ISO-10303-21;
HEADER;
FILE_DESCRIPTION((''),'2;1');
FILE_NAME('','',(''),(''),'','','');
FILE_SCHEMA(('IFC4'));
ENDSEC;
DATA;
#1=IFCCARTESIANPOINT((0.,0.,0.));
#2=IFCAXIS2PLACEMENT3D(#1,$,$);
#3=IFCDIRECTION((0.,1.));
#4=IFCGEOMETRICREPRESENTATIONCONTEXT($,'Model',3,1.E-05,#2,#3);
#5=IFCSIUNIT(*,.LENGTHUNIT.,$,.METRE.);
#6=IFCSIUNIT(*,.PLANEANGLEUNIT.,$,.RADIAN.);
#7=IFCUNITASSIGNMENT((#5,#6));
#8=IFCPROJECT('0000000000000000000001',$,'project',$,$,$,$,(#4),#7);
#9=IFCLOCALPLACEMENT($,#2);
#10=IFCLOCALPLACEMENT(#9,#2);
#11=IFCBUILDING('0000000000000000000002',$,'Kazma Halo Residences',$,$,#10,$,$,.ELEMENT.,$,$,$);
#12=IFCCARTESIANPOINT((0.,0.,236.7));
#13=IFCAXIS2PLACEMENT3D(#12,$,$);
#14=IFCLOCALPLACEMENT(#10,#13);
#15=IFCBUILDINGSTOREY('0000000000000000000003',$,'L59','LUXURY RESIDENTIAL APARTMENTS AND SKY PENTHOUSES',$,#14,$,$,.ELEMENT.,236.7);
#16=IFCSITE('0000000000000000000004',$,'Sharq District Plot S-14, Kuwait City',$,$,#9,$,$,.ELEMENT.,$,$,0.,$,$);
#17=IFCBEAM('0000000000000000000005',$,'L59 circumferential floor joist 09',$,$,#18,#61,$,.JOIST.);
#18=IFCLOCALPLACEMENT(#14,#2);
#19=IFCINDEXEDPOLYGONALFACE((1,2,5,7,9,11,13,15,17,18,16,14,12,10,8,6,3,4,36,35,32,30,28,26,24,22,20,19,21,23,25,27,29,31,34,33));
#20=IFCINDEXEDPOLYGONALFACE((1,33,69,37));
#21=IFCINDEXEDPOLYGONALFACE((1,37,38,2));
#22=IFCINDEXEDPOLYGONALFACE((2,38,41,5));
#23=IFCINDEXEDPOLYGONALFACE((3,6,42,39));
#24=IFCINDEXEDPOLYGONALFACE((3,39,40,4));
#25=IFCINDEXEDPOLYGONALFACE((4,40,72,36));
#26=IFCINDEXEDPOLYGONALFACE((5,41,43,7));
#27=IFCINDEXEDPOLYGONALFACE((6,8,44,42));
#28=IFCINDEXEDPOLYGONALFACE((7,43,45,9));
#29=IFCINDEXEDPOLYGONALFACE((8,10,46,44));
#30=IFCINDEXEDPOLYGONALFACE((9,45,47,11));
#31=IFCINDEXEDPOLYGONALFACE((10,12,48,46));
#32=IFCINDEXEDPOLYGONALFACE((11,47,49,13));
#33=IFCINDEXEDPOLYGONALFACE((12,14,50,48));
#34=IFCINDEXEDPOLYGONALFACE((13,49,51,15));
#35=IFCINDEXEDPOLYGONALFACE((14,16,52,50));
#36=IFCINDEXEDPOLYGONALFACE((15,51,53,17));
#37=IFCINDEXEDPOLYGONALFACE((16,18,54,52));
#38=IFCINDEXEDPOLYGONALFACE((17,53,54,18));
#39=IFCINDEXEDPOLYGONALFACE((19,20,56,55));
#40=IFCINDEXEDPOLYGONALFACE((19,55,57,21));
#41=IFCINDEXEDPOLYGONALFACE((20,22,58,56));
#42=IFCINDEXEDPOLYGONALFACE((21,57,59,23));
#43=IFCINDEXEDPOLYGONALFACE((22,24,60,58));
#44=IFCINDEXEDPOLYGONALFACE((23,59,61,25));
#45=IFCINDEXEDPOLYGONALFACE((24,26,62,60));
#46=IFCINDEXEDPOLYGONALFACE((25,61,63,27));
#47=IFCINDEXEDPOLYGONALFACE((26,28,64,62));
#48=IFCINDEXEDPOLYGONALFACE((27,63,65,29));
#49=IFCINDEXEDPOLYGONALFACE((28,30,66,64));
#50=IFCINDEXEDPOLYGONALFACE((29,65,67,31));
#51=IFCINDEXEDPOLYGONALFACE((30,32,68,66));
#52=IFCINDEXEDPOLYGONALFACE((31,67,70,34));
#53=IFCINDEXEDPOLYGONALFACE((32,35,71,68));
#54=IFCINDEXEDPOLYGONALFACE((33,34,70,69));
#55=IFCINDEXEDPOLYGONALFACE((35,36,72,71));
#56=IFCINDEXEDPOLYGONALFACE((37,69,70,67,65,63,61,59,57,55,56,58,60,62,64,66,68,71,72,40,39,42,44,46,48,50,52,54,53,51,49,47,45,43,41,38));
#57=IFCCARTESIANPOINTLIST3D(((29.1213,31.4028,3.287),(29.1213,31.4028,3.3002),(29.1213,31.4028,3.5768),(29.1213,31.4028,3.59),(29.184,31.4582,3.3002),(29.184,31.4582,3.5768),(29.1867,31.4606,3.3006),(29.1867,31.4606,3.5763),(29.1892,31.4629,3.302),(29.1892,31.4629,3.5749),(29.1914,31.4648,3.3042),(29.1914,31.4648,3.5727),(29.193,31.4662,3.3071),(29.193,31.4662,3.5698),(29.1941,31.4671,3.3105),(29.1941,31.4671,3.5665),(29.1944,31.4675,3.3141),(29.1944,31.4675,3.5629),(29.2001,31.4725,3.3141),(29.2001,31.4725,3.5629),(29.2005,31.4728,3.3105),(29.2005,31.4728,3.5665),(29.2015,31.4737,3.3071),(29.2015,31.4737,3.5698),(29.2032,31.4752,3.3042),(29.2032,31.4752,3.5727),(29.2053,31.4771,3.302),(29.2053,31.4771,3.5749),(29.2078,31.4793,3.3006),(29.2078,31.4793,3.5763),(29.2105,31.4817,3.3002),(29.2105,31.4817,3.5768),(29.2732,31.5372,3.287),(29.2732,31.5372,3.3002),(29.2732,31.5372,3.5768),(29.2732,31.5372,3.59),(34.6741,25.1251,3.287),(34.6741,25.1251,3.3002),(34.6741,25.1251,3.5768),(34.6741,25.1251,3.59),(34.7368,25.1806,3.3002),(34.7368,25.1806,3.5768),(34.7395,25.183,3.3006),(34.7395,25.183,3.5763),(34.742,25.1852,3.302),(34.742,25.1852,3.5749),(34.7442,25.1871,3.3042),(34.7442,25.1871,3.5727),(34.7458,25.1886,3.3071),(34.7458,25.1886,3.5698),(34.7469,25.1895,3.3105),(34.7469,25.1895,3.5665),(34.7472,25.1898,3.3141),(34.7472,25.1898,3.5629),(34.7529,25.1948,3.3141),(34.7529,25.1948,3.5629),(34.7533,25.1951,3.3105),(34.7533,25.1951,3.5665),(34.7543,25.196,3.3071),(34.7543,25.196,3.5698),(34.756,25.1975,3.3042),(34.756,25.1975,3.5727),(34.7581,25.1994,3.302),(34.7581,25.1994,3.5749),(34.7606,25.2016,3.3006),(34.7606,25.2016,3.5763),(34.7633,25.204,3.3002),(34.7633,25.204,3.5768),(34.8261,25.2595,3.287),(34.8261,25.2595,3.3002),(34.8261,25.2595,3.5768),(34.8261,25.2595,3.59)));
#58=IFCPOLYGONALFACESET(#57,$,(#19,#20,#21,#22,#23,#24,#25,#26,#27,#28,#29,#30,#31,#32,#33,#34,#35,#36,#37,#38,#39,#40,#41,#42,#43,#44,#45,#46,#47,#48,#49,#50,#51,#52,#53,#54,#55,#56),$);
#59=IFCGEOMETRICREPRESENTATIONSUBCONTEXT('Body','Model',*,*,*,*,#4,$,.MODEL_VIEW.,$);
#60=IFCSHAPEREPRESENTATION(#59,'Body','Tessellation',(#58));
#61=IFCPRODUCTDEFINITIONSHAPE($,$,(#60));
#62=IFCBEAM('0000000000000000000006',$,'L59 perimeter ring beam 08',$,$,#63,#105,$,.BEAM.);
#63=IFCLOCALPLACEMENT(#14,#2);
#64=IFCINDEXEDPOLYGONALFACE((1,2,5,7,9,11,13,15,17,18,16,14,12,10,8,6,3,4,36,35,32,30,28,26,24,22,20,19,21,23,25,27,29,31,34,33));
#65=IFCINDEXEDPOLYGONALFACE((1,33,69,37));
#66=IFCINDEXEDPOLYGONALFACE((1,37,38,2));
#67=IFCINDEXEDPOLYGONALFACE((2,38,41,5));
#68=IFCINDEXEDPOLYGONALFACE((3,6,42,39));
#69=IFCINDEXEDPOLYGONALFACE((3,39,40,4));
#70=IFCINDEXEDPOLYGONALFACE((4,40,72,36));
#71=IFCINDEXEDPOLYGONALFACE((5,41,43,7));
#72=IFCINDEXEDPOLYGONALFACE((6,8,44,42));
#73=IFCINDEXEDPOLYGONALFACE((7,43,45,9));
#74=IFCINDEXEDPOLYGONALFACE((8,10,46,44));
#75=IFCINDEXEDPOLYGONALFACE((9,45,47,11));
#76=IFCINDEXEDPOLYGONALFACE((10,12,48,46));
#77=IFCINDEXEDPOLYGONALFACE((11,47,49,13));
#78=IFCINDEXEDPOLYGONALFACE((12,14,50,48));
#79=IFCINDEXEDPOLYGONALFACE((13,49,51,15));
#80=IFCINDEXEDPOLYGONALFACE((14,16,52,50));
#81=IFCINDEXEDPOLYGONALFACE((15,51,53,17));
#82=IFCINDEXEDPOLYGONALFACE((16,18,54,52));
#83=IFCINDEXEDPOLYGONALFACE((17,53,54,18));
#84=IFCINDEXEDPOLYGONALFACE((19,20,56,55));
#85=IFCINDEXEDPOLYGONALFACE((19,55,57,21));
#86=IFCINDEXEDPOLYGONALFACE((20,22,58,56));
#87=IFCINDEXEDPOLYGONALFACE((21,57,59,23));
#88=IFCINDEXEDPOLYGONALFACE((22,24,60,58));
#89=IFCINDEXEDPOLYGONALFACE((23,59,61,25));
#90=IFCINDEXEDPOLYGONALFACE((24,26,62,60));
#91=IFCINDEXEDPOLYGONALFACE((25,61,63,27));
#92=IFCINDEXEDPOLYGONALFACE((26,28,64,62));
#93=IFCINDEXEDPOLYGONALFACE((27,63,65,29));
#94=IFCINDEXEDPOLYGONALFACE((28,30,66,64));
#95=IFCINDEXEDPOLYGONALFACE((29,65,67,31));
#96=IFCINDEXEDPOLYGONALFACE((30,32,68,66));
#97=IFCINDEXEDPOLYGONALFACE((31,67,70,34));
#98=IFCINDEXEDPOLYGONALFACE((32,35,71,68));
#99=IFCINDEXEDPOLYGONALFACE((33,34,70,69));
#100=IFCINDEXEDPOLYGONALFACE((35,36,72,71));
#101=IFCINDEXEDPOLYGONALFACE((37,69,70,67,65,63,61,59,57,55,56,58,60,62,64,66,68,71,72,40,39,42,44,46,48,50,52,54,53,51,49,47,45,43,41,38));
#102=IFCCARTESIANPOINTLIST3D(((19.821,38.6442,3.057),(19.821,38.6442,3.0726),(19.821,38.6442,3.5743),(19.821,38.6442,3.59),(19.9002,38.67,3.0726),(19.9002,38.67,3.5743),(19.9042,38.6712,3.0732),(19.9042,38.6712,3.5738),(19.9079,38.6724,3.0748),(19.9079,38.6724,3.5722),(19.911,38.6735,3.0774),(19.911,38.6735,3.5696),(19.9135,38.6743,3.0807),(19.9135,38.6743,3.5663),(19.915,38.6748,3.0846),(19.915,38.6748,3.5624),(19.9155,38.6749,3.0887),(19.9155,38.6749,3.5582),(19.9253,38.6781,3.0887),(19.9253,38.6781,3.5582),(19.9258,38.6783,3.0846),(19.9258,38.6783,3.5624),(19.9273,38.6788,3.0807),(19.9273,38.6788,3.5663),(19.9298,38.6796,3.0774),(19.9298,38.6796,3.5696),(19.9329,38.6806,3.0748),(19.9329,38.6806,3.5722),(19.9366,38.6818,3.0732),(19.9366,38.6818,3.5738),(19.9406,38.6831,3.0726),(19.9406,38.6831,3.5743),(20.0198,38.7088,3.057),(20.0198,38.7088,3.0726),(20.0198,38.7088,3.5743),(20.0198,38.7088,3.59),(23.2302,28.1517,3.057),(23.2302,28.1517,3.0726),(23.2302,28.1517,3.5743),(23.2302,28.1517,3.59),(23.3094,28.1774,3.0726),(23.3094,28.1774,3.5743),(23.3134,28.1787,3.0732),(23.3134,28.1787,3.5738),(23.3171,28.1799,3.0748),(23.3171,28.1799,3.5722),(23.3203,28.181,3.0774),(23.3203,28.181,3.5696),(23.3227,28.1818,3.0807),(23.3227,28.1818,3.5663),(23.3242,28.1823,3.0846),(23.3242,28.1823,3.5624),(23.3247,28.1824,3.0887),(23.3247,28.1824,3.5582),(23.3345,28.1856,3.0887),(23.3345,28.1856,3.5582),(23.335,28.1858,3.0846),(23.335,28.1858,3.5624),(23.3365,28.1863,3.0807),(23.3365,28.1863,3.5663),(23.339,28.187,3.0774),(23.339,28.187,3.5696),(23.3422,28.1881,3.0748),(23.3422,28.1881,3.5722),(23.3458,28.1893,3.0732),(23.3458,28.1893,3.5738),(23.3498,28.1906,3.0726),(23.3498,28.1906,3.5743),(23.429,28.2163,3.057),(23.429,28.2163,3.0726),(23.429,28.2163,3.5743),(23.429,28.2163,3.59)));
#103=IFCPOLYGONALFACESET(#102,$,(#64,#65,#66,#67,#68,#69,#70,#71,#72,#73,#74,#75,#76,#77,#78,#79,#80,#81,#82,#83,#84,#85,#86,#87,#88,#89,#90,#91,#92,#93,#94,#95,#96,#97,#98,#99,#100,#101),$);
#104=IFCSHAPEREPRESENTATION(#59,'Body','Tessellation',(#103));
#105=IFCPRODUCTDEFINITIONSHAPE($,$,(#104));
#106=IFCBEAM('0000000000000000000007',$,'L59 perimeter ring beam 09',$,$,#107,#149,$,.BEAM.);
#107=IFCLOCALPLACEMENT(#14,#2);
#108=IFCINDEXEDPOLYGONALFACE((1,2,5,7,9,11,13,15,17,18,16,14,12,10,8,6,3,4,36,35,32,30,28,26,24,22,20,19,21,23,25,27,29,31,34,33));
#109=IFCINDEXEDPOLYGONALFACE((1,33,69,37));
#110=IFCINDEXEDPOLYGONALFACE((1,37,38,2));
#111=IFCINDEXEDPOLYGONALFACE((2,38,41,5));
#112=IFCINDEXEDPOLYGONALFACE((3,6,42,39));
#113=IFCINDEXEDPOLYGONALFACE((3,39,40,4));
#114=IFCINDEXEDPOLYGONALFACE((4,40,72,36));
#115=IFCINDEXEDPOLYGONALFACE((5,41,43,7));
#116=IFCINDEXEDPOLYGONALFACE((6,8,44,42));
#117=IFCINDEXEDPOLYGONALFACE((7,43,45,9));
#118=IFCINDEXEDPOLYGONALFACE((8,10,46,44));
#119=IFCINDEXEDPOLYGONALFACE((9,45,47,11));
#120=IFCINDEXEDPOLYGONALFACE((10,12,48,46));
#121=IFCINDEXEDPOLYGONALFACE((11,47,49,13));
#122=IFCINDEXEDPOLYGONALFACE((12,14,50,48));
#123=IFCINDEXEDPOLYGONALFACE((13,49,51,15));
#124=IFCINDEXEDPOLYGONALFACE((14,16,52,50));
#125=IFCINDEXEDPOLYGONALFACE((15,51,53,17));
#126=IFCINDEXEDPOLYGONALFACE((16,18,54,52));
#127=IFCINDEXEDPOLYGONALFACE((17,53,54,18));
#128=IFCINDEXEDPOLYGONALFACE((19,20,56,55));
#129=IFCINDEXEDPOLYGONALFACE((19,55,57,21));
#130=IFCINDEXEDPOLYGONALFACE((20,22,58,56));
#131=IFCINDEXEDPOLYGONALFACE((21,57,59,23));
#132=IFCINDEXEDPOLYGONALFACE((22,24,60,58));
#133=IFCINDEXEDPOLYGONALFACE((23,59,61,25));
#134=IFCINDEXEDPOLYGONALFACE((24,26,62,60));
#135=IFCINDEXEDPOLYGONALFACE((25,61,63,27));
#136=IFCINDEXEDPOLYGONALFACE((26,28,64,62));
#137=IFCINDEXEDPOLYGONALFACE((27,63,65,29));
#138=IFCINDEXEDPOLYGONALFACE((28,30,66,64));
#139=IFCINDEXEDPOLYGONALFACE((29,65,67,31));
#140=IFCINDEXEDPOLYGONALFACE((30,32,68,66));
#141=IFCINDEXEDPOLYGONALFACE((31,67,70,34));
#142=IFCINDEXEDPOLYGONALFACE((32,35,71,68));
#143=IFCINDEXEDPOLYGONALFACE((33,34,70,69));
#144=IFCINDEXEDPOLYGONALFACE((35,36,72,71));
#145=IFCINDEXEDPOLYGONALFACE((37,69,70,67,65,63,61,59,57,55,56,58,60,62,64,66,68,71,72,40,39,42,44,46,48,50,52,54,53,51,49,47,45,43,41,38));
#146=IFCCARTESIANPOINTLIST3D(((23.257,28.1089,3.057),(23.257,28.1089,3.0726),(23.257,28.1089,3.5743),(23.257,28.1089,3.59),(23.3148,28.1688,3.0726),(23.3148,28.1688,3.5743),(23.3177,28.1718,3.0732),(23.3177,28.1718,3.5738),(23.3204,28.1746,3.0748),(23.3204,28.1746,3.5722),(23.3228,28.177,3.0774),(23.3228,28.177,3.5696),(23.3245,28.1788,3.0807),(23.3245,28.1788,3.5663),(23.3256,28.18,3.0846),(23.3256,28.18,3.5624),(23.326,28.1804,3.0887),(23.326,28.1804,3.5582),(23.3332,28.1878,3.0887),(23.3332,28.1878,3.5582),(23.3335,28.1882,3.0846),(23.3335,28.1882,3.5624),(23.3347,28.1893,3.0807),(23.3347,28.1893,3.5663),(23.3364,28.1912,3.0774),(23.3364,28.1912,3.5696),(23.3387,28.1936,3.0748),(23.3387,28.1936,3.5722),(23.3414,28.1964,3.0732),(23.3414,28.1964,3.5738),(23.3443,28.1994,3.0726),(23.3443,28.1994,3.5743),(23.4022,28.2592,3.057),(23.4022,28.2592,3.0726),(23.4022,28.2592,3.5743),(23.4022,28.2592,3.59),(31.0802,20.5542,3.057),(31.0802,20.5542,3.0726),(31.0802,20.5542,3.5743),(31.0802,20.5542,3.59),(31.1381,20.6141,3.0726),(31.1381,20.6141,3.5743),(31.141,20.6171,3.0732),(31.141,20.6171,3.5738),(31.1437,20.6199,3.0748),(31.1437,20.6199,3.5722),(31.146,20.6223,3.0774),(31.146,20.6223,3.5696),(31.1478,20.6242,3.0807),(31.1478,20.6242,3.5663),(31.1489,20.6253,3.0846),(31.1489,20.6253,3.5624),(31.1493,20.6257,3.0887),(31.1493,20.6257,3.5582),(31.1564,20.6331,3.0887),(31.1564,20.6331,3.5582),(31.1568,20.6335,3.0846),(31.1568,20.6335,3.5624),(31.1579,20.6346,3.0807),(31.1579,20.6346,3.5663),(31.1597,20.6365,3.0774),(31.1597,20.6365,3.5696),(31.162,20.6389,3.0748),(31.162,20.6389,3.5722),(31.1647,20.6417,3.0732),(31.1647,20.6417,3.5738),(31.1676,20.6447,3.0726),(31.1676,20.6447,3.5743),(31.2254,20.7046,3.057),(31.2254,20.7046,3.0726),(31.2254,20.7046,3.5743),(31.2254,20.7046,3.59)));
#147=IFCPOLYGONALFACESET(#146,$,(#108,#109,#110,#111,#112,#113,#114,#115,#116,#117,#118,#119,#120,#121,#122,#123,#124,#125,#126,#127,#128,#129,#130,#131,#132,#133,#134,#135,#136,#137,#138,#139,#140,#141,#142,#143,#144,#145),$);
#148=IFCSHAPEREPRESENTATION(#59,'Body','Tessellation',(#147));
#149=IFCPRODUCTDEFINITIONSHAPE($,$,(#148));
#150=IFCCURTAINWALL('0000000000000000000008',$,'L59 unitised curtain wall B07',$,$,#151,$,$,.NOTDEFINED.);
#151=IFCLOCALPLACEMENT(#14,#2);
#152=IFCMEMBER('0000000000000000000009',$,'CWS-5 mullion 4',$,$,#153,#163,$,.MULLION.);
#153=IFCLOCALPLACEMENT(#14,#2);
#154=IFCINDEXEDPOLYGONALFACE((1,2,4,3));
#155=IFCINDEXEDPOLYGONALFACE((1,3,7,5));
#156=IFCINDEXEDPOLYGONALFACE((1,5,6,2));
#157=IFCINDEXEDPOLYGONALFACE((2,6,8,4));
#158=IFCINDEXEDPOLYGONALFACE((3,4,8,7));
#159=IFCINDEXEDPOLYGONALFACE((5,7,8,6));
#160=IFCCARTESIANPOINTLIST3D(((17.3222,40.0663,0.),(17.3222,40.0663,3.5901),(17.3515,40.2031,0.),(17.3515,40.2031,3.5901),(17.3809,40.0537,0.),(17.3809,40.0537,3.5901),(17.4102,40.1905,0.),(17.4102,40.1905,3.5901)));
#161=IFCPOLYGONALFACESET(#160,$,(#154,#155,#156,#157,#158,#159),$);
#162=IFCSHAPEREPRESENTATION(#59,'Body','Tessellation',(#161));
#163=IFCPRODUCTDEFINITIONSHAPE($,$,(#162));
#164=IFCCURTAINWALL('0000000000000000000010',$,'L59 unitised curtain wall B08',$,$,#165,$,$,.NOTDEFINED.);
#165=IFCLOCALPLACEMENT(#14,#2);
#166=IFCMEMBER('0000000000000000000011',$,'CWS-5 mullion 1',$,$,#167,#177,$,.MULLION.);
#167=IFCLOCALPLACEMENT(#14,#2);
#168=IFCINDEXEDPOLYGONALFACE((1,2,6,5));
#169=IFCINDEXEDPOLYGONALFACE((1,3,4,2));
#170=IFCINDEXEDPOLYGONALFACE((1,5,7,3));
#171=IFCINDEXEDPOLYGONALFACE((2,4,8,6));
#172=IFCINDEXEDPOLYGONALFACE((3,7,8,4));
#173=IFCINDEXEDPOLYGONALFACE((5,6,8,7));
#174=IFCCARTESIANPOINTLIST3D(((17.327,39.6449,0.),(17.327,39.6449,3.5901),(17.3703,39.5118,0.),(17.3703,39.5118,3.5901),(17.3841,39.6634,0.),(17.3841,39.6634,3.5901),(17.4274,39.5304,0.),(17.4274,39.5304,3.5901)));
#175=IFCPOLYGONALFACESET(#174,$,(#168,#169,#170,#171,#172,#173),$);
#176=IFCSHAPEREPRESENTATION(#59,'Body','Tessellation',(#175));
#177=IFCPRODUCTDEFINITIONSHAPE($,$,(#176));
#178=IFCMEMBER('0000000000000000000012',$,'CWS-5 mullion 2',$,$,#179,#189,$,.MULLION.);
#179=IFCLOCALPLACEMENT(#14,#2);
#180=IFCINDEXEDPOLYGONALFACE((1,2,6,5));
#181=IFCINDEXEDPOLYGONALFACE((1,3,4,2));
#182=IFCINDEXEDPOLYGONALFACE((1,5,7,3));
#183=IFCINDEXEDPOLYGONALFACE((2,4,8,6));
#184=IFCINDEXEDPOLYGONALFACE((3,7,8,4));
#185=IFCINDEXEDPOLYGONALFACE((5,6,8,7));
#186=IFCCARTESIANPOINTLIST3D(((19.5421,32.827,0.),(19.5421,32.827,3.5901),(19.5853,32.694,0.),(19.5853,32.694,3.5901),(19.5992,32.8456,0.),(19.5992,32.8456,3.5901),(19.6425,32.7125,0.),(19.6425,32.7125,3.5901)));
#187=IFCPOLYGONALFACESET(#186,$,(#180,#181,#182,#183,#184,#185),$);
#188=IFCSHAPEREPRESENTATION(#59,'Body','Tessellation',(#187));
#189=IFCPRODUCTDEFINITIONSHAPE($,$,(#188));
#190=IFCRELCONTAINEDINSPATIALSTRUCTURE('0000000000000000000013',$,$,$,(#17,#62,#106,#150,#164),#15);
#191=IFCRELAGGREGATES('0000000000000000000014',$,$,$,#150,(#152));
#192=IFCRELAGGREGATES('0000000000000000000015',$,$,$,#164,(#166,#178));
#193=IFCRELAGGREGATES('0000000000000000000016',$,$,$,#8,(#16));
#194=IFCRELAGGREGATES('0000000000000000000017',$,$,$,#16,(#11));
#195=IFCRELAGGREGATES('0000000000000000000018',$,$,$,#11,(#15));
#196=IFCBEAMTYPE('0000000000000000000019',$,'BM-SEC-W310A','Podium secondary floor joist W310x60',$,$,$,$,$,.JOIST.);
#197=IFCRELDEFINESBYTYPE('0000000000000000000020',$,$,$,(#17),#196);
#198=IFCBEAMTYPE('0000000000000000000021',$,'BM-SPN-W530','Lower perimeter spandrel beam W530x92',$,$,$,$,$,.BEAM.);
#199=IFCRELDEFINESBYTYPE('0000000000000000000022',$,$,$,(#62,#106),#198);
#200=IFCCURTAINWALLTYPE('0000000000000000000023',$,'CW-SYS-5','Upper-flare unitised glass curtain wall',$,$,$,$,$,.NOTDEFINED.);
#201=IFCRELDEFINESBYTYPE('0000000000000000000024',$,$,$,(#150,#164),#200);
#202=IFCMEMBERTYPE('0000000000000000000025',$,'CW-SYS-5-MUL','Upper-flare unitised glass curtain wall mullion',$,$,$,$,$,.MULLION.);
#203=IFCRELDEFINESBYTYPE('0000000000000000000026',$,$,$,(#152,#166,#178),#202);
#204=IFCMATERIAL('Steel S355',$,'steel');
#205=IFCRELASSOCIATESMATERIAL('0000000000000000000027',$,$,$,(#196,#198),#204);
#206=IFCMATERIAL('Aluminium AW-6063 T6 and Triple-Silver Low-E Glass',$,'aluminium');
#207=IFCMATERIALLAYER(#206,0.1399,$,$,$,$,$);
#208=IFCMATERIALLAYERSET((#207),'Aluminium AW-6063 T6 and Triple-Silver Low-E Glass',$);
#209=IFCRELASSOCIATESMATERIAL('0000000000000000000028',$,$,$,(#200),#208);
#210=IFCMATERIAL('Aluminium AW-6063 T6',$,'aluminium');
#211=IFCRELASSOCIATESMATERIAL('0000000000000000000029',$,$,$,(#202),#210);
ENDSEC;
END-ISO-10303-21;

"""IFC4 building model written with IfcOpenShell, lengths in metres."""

from ifc_helpers import new_model, si_unit, direction, frame, origin, origin_2d, place, context, subcontext, project, spatial, rectangle, i_section, extrude, material, layer, layer_set, material_profile, profile_set, type_object, element, aggregate, save


model = new_model("IFC4")

# Units and contexts
model_context = context("Model", 3, precision=1e-05, world=origin(), true_north=direction((0.0, 1.0)))
body_context = subcontext(model_context, "Body", "Model", "MODEL_VIEW")
ifc_project = project(units=[si_unit("LENGTHUNIT", "METRE"), si_unit("PLANEANGLEUNIT", "RADIAN")], contexts=[model_context])

# Site, building, storey
site_placement = place(None, origin())
site = spatial("IfcSite", under=ifc_project, at=site_placement, Name="Sharq District Plot S-14, Kuwait City", CompositionType="ELEMENT", RefElevation=0.0)
building_placement = place(site_placement, origin())
building = spatial("IfcBuilding", under=site, at=building_placement, Name="Kazma Halo Residences", CompositionType="ELEMENT")
storey_placement = place(building_placement, frame((0.0, 0.0, 236.7)))
storey = spatial("IfcBuildingStorey", under=building, at=storey_placement, Name="L59", Description="LUXURY RESIDENTIAL APARTMENTS AND SKY PENTHOUSES", CompositionType="ELEMENT", Elevation=236.7)

# Beams
ifc_material_1 = material(Name="Steel S355", Category="steel")
ifc_material_profile_1 = material_profile(ifc_material_1, i_section(OverallWidth=0.2029, OverallDepth=0.303, WebThickness=0.0076, FlangeThickness=0.0132, FilletRadius=0.0139, at=origin_2d()), Name="W310x60")
ifc_profile_set_1 = profile_set([ifc_material_profile_1], Name="Steel S355")
beam_type_1 = type_object("IfcBeamType", Name="BM-SEC-W310A", Description="Podium secondary floor joist W310x60", PredefinedType="JOIST", material=ifc_profile_set_1)
beam_1_placement = place(storey_placement, frame((29.1973, 31.47, 3.4385), z_axis=(0.662539, -0.749027, 0.0), x_axis=(0.749027, 0.662539, 0.0)))
element("IfcBeam", 1, at=beam_1_placement, inside=storey, type_object=beam_type_1, Name="L59 circumferential floor joist 09", PredefinedType="JOIST", context=body_context, shape_type="SweptSolid", body=[
    extrude(i_section(OverallWidth=0.2029, OverallDepth=0.303, WebThickness=0.0076, FlangeThickness=0.0132, FilletRadius=0.0139, at=origin_2d()), origin(), (0.0, 0.0, 1.0), 8.3811),
])
ifc_material_profile_2 = material_profile(ifc_material_1, i_section(OverallWidth=0.209, OverallDepth=0.533, WebThickness=0.0103, FlangeThickness=0.0156, FilletRadius=0.0161, at=origin_2d()), Name="W530x92")
ifc_profile_set_2 = profile_set([ifc_material_profile_2], Name="Steel S355")
beam_type_2 = type_object("IfcBeamType", Name="BM-SPN-W530", Description="Lower perimeter spandrel beam W530x92", PredefinedType="BEAM", material=ifc_profile_set_2)
beam_2_placement = place(storey_placement, frame((19.9204, 38.6765, 3.3235), z_axis=(0.309016, -0.951057, 0.0), x_axis=(0.951057, 0.309016, 0.0)))
element("IfcBeam", 2, at=beam_2_placement, inside=storey, type_object=beam_type_2, Name="L59 perimeter ring beam 08", PredefinedType="BEAM", context=body_context, shape_type="SweptSolid", body=[
    extrude(i_section(OverallWidth=0.209, OverallDepth=0.533, WebThickness=0.0103, FlangeThickness=0.0156, FilletRadius=0.0161, at=origin_2d()), origin(), (0.0, 0.0, 1.0), 11.0325),
])
beam_3_placement = place(storey_placement, frame((23.3296, 28.1841, 3.3235), z_axis=(0.719346, -0.694652, 0.0), x_axis=(0.694652, 0.719346, 0.0)))
element("IfcBeam", 3, at=beam_3_placement, inside=storey, type_object=beam_type_2, Name="L59 perimeter ring beam 09", PredefinedType="BEAM", context=body_context, shape_type="SweptSolid", body=[
    extrude(i_section(OverallWidth=0.209, OverallDepth=0.533, WebThickness=0.0103, FlangeThickness=0.0156, FilletRadius=0.0161, at=origin_2d()), origin(), (0.0, 0.0, 1.0), 10.8755),
])

# Curtain wall, member
ifc_material_2 = material(Name="Aluminium AW-6063 T6 and Triple-Silver Low-E Glass", Category="aluminium")
ifc_layer_1 = layer(ifc_material_2, 0.1399)
ifc_layer_set_1 = layer_set([ifc_layer_1], Name="Aluminium AW-6063 T6 and Triple-Silver Low-E Glass")
curtain_wall_type = type_object("IfcCurtainWallType", Name="CW-SYS-5", Description="Upper-flare unitised glass curtain wall", PredefinedType="NOTDEFINED", material=ifc_layer_set_1)
curtain_wall_1_placement = place(storey_placement, origin())
curtain_wall_1 = element("IfcCurtainWall", 4, at=curtain_wall_1_placement, inside=storey, type_object=curtain_wall_type, Name="L59 unitised curtain wall B07", PredefinedType="NOTDEFINED")
ifc_material_3 = material(Name="Aluminium AW-6063 T6", Category="aluminium")
ifc_material_profile_3 = material_profile(ifc_material_3, rectangle(XDim=0.0601, YDim=0.1399, at=origin_2d()), Name="CWM-60x140")
ifc_profile_set_3 = profile_set([ifc_material_profile_3], Name="Aluminium AW-6063 T6")
member_type_1 = type_object("IfcMemberType", Name="CW-SYS-5-MUL", Description="Upper-flare unitised glass curtain wall mullion", PredefinedType="MULLION", material=ifc_profile_set_3)
member_1_placement = place(storey_placement, frame((17.3662, 40.1284, 0.0), z_axis=(0.0, 0.0, 1.0), x_axis=(0.977775, -0.209657, 0.0)))
member_1 = element("IfcMember", 5, at=member_1_placement, type_object=member_type_1, Name="CWS-5 mullion 4", PredefinedType="MULLION", context=body_context, shape_type="SweptSolid", body=[
    extrude(rectangle(XDim=0.0601, YDim=0.1399, at=origin_2d()), origin(), (0.0, 0.0, 1.0), 3.5901),
])
aggregate(curtain_wall_1, [member_1])

# Curtain wall, members
curtain_wall_2_placement = place(storey_placement, origin())
curtain_wall_2 = element("IfcCurtainWall", 6, at=curtain_wall_2_placement, inside=storey, type_object=curtain_wall_type, Name="L59 unitised curtain wall B08", PredefinedType="NOTDEFINED")
member_2_placement = place(storey_placement, frame((17.3772, 39.5876, 0.0), z_axis=(0.0, 0.0, 1.0), x_axis=(0.951058, 0.309011, 0.0)))
member_2 = element("IfcMember", 7, at=member_2_placement, type_object=member_type_1, Name="CWS-5 mullion 1", PredefinedType="MULLION", context=body_context, shape_type="SweptSolid", body=[
    extrude(rectangle(XDim=0.0601, YDim=0.1399, at=origin_2d()), origin(), (0.0, 0.0, 1.0), 3.5901),
])
member_3_placement = place(storey_placement, frame((19.5923, 32.7698, 0.0), z_axis=(0.0, 0.0, 1.0), x_axis=(0.951058, 0.309011, 0.0)))
member_3 = element("IfcMember", 8, at=member_3_placement, type_object=member_type_1, Name="CWS-5 mullion 2", PredefinedType="MULLION", context=body_context, shape_type="SweptSolid", body=[
    extrude(rectangle(XDim=0.0601, YDim=0.1399, at=origin_2d()), origin(), (0.0, 0.0, 1.0), 3.5901),
])
aggregate(curtain_wall_2, [member_2, member_3])

save(model, "model.ifc")
